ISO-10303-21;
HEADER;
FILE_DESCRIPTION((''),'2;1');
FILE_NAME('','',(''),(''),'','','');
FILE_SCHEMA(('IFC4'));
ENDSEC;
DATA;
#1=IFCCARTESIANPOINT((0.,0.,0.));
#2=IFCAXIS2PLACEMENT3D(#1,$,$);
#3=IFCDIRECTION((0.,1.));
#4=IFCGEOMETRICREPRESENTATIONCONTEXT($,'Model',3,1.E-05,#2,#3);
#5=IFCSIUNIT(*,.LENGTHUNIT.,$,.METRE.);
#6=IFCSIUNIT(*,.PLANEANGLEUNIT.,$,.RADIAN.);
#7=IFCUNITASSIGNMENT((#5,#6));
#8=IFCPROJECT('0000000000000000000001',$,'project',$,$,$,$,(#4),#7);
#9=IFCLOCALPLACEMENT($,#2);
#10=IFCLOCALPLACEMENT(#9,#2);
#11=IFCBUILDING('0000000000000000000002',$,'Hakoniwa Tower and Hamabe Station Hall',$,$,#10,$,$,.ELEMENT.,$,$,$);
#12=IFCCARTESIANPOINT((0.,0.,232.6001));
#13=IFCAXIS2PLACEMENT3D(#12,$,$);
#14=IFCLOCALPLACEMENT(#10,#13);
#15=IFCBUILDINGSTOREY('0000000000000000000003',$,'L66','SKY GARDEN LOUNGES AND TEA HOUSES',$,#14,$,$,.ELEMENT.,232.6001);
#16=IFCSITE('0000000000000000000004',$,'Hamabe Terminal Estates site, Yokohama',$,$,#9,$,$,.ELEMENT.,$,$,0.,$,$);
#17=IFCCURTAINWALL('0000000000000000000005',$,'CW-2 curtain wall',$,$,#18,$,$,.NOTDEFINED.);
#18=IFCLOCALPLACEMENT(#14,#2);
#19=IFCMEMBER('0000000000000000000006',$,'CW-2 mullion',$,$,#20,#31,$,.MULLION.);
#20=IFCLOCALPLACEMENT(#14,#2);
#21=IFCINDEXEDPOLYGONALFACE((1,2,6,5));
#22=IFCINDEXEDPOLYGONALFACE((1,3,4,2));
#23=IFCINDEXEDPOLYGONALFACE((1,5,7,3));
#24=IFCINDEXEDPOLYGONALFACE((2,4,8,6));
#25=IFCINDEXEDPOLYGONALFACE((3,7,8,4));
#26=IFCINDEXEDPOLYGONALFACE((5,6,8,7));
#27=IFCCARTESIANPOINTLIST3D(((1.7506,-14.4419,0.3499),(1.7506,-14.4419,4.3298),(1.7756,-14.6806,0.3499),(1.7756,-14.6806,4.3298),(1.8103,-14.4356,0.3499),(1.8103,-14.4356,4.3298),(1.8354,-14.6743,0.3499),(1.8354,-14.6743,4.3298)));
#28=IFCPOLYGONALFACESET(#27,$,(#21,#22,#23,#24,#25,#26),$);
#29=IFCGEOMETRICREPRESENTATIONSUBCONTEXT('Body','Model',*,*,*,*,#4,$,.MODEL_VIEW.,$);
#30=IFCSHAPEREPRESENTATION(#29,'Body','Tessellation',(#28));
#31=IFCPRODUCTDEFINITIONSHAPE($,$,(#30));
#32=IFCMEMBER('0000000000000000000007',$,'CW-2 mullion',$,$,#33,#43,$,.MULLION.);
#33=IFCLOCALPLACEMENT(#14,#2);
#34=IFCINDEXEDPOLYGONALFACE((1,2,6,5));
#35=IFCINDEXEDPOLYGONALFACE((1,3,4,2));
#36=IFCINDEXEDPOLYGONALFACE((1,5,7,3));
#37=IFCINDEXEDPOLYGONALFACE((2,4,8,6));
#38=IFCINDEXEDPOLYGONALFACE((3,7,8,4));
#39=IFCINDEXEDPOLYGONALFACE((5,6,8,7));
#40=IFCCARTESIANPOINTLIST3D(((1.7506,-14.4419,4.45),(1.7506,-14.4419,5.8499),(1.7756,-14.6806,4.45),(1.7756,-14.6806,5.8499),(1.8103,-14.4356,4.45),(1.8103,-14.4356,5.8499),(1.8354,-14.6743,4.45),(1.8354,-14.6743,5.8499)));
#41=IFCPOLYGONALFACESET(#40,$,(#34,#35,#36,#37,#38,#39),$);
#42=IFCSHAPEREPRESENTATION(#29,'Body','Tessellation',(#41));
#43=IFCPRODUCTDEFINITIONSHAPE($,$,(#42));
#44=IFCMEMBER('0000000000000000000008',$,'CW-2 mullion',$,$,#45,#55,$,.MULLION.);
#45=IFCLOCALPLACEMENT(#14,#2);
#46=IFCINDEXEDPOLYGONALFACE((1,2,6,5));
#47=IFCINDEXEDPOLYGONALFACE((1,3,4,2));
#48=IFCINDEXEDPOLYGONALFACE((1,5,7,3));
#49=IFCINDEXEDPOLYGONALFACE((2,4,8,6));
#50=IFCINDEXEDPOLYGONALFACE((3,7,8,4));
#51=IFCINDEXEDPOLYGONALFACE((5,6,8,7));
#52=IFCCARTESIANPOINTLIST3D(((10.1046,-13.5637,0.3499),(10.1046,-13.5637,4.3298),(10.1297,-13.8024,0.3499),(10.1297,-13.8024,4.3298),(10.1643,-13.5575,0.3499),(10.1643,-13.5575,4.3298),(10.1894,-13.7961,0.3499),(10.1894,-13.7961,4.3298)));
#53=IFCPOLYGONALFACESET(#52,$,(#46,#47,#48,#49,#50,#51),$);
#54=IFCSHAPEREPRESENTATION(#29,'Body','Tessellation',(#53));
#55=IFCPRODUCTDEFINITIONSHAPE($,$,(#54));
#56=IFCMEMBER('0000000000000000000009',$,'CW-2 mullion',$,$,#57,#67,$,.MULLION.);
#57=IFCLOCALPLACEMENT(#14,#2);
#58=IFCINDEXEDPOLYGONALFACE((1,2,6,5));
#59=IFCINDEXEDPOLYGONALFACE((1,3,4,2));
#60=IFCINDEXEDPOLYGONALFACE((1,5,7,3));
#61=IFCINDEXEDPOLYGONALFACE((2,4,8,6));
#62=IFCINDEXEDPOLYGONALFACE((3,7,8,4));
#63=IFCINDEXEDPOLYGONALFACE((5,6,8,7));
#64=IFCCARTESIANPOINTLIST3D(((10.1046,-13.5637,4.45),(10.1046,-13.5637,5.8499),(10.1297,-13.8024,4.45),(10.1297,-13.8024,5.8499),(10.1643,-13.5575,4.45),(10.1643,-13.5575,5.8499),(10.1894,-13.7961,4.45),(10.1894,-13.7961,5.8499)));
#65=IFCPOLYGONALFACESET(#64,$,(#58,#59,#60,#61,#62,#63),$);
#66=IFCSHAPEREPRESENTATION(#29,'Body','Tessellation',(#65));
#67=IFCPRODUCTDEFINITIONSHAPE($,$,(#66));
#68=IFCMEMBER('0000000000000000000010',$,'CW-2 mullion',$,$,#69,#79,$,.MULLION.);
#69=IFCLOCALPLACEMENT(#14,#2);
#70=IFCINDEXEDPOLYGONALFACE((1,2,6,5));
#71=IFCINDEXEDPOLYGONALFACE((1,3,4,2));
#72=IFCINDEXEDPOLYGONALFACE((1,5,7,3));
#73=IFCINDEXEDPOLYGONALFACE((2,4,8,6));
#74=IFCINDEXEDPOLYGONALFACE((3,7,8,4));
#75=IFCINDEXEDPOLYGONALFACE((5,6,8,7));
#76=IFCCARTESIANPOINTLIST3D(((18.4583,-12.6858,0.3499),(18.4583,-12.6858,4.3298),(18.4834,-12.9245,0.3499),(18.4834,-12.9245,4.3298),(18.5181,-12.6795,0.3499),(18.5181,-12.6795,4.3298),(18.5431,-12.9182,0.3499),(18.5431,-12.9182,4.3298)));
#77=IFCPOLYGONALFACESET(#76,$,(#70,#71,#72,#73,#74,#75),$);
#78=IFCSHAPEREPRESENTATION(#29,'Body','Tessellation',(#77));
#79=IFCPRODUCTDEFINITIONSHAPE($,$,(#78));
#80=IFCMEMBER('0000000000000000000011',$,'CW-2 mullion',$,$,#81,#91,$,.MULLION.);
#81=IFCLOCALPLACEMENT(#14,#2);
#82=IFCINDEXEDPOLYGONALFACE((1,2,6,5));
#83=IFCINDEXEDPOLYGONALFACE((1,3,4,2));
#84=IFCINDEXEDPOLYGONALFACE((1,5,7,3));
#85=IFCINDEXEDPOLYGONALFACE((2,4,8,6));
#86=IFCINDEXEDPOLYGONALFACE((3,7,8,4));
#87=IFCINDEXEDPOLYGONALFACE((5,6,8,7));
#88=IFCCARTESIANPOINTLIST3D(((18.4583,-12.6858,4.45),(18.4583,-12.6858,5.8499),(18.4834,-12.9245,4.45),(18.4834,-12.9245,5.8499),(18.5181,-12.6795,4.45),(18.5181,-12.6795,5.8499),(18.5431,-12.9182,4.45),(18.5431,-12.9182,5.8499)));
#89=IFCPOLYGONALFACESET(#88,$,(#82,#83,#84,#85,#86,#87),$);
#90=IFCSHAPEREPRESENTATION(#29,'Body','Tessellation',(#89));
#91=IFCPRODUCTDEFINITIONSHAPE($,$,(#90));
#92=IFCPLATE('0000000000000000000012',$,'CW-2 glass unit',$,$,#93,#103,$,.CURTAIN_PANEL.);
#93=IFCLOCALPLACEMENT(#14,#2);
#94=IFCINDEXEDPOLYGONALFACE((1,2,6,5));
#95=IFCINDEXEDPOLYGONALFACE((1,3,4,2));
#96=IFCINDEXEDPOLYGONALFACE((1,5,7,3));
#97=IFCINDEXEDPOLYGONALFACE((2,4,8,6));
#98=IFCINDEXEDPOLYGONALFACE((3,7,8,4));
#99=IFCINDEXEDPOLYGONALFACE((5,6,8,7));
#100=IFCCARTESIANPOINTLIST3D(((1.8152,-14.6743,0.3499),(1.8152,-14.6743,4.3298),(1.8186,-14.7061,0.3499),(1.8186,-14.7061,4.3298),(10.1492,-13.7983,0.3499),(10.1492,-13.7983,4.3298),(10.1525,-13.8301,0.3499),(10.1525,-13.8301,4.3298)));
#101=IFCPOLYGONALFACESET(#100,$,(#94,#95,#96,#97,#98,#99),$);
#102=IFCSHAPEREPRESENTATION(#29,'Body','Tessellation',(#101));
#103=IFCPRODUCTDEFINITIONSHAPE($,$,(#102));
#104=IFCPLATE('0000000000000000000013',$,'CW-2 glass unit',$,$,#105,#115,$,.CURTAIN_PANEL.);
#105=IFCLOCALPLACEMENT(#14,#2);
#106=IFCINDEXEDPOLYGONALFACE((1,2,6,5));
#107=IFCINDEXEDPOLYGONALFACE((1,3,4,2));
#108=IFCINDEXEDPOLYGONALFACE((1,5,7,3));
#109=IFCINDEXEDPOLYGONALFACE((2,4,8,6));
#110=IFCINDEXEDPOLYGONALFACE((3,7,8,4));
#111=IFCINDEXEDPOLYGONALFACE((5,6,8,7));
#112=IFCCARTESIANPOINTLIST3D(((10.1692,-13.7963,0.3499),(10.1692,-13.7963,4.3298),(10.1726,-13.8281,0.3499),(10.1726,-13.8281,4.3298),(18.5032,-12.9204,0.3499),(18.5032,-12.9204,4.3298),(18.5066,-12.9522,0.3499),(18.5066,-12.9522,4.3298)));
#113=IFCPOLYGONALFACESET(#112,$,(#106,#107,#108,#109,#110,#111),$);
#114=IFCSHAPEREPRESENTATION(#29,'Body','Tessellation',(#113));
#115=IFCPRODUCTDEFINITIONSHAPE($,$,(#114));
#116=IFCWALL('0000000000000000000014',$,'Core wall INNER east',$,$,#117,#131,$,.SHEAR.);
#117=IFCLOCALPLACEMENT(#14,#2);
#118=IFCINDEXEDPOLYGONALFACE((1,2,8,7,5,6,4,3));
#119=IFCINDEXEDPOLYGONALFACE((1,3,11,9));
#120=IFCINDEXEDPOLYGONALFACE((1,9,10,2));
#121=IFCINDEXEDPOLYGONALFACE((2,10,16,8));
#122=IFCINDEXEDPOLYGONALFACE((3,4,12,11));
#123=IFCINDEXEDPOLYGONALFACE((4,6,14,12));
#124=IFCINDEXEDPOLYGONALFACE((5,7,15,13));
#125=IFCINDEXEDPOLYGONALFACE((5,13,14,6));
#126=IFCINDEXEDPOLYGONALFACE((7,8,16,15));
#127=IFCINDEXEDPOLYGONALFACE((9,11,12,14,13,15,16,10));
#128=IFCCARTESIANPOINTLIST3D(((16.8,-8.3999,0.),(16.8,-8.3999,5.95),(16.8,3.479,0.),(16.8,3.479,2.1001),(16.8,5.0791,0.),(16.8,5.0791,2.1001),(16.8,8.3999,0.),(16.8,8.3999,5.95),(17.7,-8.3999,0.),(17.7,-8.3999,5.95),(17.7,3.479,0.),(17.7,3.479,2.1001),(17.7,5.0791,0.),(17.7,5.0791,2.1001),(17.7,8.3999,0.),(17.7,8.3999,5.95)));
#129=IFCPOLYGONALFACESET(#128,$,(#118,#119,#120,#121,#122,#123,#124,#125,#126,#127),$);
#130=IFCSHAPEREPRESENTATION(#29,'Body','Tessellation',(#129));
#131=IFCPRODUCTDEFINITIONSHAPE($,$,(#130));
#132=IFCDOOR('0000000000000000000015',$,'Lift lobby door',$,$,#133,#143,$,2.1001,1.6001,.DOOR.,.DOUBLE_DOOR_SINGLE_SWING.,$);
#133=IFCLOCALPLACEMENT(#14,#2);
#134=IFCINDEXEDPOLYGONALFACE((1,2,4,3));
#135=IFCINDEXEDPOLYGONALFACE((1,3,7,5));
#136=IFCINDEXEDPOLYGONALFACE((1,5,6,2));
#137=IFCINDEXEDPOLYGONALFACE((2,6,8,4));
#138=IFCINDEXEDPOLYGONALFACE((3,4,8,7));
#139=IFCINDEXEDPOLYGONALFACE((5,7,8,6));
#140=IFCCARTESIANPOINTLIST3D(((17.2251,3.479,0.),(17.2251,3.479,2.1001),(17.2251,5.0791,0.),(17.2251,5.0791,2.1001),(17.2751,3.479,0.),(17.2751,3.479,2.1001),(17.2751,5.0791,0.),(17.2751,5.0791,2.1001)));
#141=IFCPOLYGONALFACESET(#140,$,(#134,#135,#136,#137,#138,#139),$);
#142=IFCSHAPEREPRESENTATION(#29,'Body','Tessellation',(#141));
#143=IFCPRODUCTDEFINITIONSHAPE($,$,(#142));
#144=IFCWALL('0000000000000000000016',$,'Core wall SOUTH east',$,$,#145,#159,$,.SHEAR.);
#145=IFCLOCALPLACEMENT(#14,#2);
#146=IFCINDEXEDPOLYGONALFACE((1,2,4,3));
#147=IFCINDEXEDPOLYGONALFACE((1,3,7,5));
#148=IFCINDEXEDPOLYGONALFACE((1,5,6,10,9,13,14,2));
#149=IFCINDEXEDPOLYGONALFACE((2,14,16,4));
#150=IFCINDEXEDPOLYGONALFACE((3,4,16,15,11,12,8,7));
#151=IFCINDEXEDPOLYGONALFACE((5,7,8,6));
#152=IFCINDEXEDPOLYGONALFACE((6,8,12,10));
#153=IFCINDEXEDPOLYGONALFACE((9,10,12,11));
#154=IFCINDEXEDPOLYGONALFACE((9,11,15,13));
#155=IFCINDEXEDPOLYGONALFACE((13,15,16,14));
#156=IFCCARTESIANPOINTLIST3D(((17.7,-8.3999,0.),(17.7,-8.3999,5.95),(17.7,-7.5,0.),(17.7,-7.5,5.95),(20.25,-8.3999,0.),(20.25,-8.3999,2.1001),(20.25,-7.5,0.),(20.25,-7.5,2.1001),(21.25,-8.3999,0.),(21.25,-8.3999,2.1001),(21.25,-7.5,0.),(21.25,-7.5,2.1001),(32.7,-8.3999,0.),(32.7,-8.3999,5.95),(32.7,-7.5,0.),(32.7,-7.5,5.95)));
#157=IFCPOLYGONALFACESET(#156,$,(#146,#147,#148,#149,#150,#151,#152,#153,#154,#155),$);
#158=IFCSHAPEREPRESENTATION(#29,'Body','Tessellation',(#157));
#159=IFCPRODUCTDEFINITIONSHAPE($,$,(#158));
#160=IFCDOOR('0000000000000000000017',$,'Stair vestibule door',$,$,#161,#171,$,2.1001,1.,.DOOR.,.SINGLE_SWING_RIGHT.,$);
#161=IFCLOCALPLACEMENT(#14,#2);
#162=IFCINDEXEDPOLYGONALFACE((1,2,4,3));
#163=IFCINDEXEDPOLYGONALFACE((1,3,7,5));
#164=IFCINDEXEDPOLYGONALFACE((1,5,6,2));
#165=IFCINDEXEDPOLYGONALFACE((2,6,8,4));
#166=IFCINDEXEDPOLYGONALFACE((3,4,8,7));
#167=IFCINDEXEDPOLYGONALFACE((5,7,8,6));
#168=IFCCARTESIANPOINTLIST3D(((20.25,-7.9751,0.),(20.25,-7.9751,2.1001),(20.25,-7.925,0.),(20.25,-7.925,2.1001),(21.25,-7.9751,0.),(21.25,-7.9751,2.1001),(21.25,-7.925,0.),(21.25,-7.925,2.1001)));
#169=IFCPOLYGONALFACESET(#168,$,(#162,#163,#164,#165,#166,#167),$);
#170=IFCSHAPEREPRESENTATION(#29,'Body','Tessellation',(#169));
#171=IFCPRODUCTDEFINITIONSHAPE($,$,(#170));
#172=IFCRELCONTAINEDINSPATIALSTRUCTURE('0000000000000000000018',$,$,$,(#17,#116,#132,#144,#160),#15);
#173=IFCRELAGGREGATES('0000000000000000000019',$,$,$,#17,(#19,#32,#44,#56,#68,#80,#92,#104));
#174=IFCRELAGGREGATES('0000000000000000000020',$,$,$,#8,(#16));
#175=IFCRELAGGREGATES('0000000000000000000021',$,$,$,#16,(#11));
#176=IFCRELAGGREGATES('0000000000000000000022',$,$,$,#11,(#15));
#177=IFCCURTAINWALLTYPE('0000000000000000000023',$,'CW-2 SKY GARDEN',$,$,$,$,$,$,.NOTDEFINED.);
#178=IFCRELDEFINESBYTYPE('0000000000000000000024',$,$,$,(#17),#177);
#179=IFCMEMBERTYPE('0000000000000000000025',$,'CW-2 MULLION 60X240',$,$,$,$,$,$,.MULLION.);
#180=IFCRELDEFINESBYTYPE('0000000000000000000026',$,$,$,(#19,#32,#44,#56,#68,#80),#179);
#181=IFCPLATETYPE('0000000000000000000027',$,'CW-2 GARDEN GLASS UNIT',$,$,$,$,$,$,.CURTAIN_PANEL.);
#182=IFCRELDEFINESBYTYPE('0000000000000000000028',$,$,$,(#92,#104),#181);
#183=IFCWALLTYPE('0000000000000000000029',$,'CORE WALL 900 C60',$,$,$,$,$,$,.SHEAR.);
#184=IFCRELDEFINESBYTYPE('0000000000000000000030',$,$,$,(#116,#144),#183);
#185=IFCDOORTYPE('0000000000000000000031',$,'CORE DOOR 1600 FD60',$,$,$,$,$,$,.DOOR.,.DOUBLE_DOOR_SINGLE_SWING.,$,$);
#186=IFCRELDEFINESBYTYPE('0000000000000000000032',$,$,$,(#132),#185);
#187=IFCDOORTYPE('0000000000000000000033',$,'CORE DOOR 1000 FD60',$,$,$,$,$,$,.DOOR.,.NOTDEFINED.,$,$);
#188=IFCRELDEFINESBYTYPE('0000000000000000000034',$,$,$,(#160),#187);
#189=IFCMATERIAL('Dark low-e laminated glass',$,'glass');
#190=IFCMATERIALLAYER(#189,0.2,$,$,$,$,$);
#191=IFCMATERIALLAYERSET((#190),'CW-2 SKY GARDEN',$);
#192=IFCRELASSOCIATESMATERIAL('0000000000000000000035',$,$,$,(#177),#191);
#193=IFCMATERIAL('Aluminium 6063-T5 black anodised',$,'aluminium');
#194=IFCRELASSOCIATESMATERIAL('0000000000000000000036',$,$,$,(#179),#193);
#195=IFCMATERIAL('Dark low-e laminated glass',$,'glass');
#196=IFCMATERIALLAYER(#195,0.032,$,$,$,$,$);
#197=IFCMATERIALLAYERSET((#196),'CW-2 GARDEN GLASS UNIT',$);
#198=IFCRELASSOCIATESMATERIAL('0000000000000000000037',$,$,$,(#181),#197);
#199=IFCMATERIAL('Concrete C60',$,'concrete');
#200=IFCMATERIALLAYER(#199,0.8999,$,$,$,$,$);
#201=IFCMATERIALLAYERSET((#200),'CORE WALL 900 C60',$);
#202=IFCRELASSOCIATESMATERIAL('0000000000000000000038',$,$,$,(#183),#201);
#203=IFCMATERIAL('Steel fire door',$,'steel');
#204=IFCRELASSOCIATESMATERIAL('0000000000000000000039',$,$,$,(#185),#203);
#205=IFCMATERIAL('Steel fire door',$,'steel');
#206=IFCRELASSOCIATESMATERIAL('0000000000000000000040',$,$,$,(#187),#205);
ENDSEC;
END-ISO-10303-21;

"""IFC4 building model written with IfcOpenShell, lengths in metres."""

from ifc_helpers import new_model, si_unit, direction, frame, frame_2d, origin, origin_2d, place, context, subcontext, project, spatial, rectangle, extrude, material, layer, layer_set, material_profile, profile_set, type_object, element, fill, aggregate, save


model = new_model("IFC4")

# Units and contexts
model_context = context("Model", 3, precision=1e-05, world=origin(), true_north=direction((0.0, 1.0)))
body_context = subcontext(model_context, "Body", "Model", "MODEL_VIEW")
ifc_project = project(units=[si_unit("LENGTHUNIT", "METRE"), si_unit("PLANEANGLEUNIT", "RADIAN")], contexts=[model_context])

# Site, building, storey
site_placement = place(None, origin())
site = spatial("IfcSite", under=ifc_project, at=site_placement, Name="Hamabe Terminal Estates site, Yokohama", CompositionType="ELEMENT", RefElevation=0.0)
building_placement = place(site_placement, origin())
building = spatial("IfcBuilding", under=site, at=building_placement, Name="Hakoniwa Tower and Hamabe Station Hall", CompositionType="ELEMENT")
storey_placement = place(building_placement, frame((0.0, 0.0, 232.6001)))
storey = spatial("IfcBuildingStorey", under=building, at=storey_placement, Name="L66", Description="SKY GARDEN LOUNGES AND TEA HOUSES", CompositionType="ELEMENT", Elevation=232.6001)

# Curtain wall, members, plates
ifc_material_1 = material(Name="Dark low-e laminated glass", Category="glass")
ifc_layer_1 = layer(ifc_material_1, 0.2)
ifc_layer_set_1 = layer_set([ifc_layer_1], Name="CW-2 SKY GARDEN")
curtain_wall_type = type_object("IfcCurtainWallType", Name="CW-2 SKY GARDEN", PredefinedType="NOTDEFINED", material=ifc_layer_set_1)
curtain_wall_placement = place(storey_placement, origin())
curtain_wall = element("IfcCurtainWall", 1, at=curtain_wall_placement, inside=storey, type_object=curtain_wall_type, Name="CW-2 curtain wall", PredefinedType="NOTDEFINED")
ifc_material_2 = material(Name="Aluminium 6063-T5 black anodised", Category="aluminium")
ifc_material_profile_1 = material_profile(ifc_material_2, rectangle(XDim=0.0601, YDim=0.24, at=origin_2d()), Name="CW-2 MULLION 60X240")
ifc_profile_set_1 = profile_set([ifc_material_profile_1], Name="Aluminium 6063-T5 black anodised")
member_type = type_object("IfcMemberType", Name="CW-2 MULLION 60X240", PredefinedType="MULLION", material=ifc_profile_set_1)
member_1_placement = place(storey_placement, frame((1.793, -14.5581, 0.3499), z_axis=(0.0, 0.0, 1.0), x_axis=(0.994522, 0.104528, 0.0)))
member_1 = element("IfcMember", 2, at=member_1_placement, type_object=member_type, Name="CW-2 mullion", PredefinedType="MULLION", context=body_context, shape_type="SweptSolid", body=[
    extrude(rectangle(XDim=0.0601, YDim=0.24, at=origin_2d()), origin(), (0.0, 0.0, 1.0), 3.98),
])
member_2_placement = place(storey_placement, frame((1.793, -14.5581, 4.45), z_axis=(0.0, 0.0, 1.0), x_axis=(0.994522, 0.104528, 0.0)))
member_2 = element("IfcMember", 3, at=member_2_placement, type_object=member_type, Name="CW-2 mullion", PredefinedType="MULLION", context=body_context, shape_type="SweptSolid", body=[
    extrude(rectangle(XDim=0.0601, YDim=0.24, at=origin_2d()), origin(), (0.0, 0.0, 1.0), 1.3999),
])
member_3_placement = place(storey_placement, frame((10.147, -13.6799, 0.3499), z_axis=(0.0, 0.0, 1.0), x_axis=(0.994522, 0.104528, 0.0)))
member_3 = element("IfcMember", 4, at=member_3_placement, type_object=member_type, Name="CW-2 mullion", PredefinedType="MULLION", context=body_context, shape_type="SweptSolid", body=[
    extrude(rectangle(XDim=0.0601, YDim=0.24, at=origin_2d()), origin(), (0.0, 0.0, 1.0), 3.98),
])
member_4_placement = place(storey_placement, frame((10.147, -13.6799, 4.45), z_axis=(0.0, 0.0, 1.0), x_axis=(0.994522, 0.104528, 0.0)))
member_4 = element("IfcMember", 5, at=member_4_placement, type_object=member_type, Name="CW-2 mullion", PredefinedType="MULLION", context=body_context, shape_type="SweptSolid", body=[
    extrude(rectangle(XDim=0.0601, YDim=0.24, at=origin_2d()), origin(), (0.0, 0.0, 1.0), 1.3999),
])
member_5_placement = place(storey_placement, frame((18.5007, -12.802, 0.3499), z_axis=(0.0, 0.0, 1.0), x_axis=(0.994522, 0.104528, 0.0)))
member_5 = element("IfcMember", 6, at=member_5_placement, type_object=member_type, Name="CW-2 mullion", PredefinedType="MULLION", context=body_context, shape_type="SweptSolid", body=[
    extrude(rectangle(XDim=0.0601, YDim=0.24, at=origin_2d()), origin(), (0.0, 0.0, 1.0), 3.98),
])
member_6_placement = place(storey_placement, frame((18.5007, -12.802, 4.45), z_axis=(0.0, 0.0, 1.0), x_axis=(0.994522, 0.104528, 0.0)))
member_6 = element("IfcMember", 7, at=member_6_placement, type_object=member_type, Name="CW-2 mullion", PredefinedType="MULLION", context=body_context, shape_type="SweptSolid", body=[
    extrude(rectangle(XDim=0.0601, YDim=0.24, at=origin_2d()), origin(), (0.0, 0.0, 1.0), 1.3999),
])
ifc_material_3 = material(Name="Dark low-e laminated glass", Category="glass")
ifc_layer_2 = layer(ifc_material_3, 0.032)
ifc_layer_set_2 = layer_set([ifc_layer_2], Name="CW-2 GARDEN GLASS UNIT")
plate_type = type_object("IfcPlateType", Name="CW-2 GARDEN GLASS UNIT", PredefinedType="CURTAIN_PANEL", material=ifc_layer_set_2)
plate_1_placement = place(storey_placement, frame((5.9839, -14.2522, 0.3499), z_axis=(0.0, 0.0, 1.0), x_axis=(0.994522, 0.104528, 0.0)))
plate_1 = element("IfcPlate", 8, at=plate_1_placement, type_object=plate_type, Name="CW-2 glass unit", PredefinedType="CURTAIN_PANEL", context=body_context, shape_type="SweptSolid", body=[
    extrude(rectangle(XDim=8.3799, YDim=0.032, at=origin_2d()), origin(), (0.0, 0.0, 1.0), 3.98),
])
plate_2_placement = place(storey_placement, frame((14.3379, -13.3743, 0.3499), z_axis=(0.0, 0.0, 1.0), x_axis=(0.994522, 0.104528, 0.0)))
plate_2 = element("IfcPlate", 9, at=plate_2_placement, type_object=plate_type, Name="CW-2 glass unit", PredefinedType="CURTAIN_PANEL", context=body_context, shape_type="SweptSolid", body=[
    extrude(rectangle(XDim=8.3799, YDim=0.032, at=origin_2d()), origin(), (0.0, 0.0, 1.0), 3.98),
])

# Walls, openings, doors
ifc_material_4 = material(Name="Concrete C60", Category="concrete")
ifc_layer_3 = layer(ifc_material_4, 0.8999)
ifc_layer_set_3 = layer_set([ifc_layer_3], Name="CORE WALL 900 C60")
wall_type_1 = type_object("IfcWallType", Name="CORE WALL 900 C60", PredefinedType="SHEAR", material=ifc_layer_set_3)
wall_1_placement = place(storey_placement, frame((17.25, -8.3999, 0.0), z_axis=(0.0, 0.0, 1.0), x_axis=(0.0, 1.0, 0.0)))
wall_1 = element("IfcWall", 10, at=wall_1_placement, inside=storey, type_object=wall_type_1, Name="Core wall INNER east", PredefinedType="SHEAR", context=body_context, shape_type="SweptSolid", body=[
    extrude(rectangle(XDim=16.7998, YDim=0.8999, at=frame_2d((8.3999, 0.0))), origin(), (0.0, 0.0, 1.0), 5.95),
])
opening_1_placement = place(wall_1_placement, frame((11.8789, 0.0, 0.0)))
opening_1 = element("IfcOpeningElement", 11, at=opening_1_placement, cuts=wall_1, PredefinedType="OPENING", context=body_context, shape_type="SweptSolid", body=[
    extrude(rectangle(XDim=1.6001, YDim=2.1001, at=frame_2d((0.8, 1.05))), frame((0.0, 0.46, 0.0), z_axis=(0.0, -1.0, 0.0), x_axis=(1.0, 0.0, 0.0)), (0.0, 0.0, 1.0), 0.9199),
])
ifc_material_5 = material(Name="Steel fire door", Category="steel")
door_type_1 = type_object("IfcDoorType", Name="CORE DOOR 1600 FD60", OperationType="DOUBLE_DOOR_SINGLE_SWING", PredefinedType="DOOR", material=ifc_material_5)
door_1_placement = place(opening_1_placement, origin())
door_1 = element("IfcDoor", 12, at=door_1_placement, inside=storey, type_object=door_type_1, Name="Lift lobby door", OperationType="DOUBLE_DOOR_SINGLE_SWING", OverallHeight=2.1001, OverallWidth=1.6001, PredefinedType="DOOR", context=body_context, shape_type="SweptSolid", body=[
    extrude(rectangle(XDim=1.6001, YDim=2.1001, at=frame_2d((0.8, 1.05))), frame((0.0, 0.0249, 0.0), z_axis=(0.0, -1.0, 0.0), x_axis=(1.0, 0.0, 0.0)), (0.0, 0.0, 1.0), 0.05),
])
fill(opening_1, door_1)
wall_2_placement = place(storey_placement, frame((17.7, -7.95, 0.0), z_axis=(0.0, 0.0, 1.0), x_axis=(1.0, 0.0, 0.0)))
wall_2 = element("IfcWall", 13, at=wall_2_placement, inside=storey, type_object=wall_type_1, Name="Core wall SOUTH east", PredefinedType="SHEAR", context=body_context, shape_type="SweptSolid", body=[
    extrude(rectangle(XDim=15.0, YDim=0.8999, at=frame_2d((7.5, 0.0))), origin(), (0.0, 0.0, 1.0), 5.95),
])
opening_2_placement = place(wall_2_placement, frame((2.55, 0.0, 0.0)))
opening_2 = element("IfcOpeningElement", 14, at=opening_2_placement, cuts=wall_2, PredefinedType="OPENING", context=body_context, shape_type="SweptSolid", body=[
    extrude(rectangle(XDim=1.0, YDim=2.1001, at=frame_2d((0.5, 1.05))), frame((0.0, 0.46, 0.0), z_axis=(0.0, -1.0, 0.0), x_axis=(1.0, 0.0, 0.0)), (0.0, 0.0, 1.0), 0.9199),
])
ifc_material_6 = material(Name="Steel fire door", Category="steel")
door_type_2 = type_object("IfcDoorType", Name="CORE DOOR 1000 FD60", OperationType="NOTDEFINED", PredefinedType="DOOR", material=ifc_material_6)
door_2_placement = place(opening_2_placement, origin())
door_2 = element("IfcDoor", 15, at=door_2_placement, inside=storey, type_object=door_type_2, Name="Stair vestibule door", OperationType="SINGLE_SWING_RIGHT", OverallHeight=2.1001, OverallWidth=1.0, PredefinedType="DOOR", context=body_context, shape_type="SweptSolid", body=[
    extrude(rectangle(XDim=1.0, YDim=2.1001, at=frame_2d((0.5, 1.05))), frame((0.0, 0.0249, 0.0), z_axis=(0.0, -1.0, 0.0), x_axis=(1.0, 0.0, 0.0)), (0.0, 0.0, 1.0), 0.05),
])
fill(opening_2, door_2)

aggregate(curtain_wall, [member_1, member_2, member_3, member_4, member_5, member_6, plate_1, plate_2])

save(model, "model.ifc")
